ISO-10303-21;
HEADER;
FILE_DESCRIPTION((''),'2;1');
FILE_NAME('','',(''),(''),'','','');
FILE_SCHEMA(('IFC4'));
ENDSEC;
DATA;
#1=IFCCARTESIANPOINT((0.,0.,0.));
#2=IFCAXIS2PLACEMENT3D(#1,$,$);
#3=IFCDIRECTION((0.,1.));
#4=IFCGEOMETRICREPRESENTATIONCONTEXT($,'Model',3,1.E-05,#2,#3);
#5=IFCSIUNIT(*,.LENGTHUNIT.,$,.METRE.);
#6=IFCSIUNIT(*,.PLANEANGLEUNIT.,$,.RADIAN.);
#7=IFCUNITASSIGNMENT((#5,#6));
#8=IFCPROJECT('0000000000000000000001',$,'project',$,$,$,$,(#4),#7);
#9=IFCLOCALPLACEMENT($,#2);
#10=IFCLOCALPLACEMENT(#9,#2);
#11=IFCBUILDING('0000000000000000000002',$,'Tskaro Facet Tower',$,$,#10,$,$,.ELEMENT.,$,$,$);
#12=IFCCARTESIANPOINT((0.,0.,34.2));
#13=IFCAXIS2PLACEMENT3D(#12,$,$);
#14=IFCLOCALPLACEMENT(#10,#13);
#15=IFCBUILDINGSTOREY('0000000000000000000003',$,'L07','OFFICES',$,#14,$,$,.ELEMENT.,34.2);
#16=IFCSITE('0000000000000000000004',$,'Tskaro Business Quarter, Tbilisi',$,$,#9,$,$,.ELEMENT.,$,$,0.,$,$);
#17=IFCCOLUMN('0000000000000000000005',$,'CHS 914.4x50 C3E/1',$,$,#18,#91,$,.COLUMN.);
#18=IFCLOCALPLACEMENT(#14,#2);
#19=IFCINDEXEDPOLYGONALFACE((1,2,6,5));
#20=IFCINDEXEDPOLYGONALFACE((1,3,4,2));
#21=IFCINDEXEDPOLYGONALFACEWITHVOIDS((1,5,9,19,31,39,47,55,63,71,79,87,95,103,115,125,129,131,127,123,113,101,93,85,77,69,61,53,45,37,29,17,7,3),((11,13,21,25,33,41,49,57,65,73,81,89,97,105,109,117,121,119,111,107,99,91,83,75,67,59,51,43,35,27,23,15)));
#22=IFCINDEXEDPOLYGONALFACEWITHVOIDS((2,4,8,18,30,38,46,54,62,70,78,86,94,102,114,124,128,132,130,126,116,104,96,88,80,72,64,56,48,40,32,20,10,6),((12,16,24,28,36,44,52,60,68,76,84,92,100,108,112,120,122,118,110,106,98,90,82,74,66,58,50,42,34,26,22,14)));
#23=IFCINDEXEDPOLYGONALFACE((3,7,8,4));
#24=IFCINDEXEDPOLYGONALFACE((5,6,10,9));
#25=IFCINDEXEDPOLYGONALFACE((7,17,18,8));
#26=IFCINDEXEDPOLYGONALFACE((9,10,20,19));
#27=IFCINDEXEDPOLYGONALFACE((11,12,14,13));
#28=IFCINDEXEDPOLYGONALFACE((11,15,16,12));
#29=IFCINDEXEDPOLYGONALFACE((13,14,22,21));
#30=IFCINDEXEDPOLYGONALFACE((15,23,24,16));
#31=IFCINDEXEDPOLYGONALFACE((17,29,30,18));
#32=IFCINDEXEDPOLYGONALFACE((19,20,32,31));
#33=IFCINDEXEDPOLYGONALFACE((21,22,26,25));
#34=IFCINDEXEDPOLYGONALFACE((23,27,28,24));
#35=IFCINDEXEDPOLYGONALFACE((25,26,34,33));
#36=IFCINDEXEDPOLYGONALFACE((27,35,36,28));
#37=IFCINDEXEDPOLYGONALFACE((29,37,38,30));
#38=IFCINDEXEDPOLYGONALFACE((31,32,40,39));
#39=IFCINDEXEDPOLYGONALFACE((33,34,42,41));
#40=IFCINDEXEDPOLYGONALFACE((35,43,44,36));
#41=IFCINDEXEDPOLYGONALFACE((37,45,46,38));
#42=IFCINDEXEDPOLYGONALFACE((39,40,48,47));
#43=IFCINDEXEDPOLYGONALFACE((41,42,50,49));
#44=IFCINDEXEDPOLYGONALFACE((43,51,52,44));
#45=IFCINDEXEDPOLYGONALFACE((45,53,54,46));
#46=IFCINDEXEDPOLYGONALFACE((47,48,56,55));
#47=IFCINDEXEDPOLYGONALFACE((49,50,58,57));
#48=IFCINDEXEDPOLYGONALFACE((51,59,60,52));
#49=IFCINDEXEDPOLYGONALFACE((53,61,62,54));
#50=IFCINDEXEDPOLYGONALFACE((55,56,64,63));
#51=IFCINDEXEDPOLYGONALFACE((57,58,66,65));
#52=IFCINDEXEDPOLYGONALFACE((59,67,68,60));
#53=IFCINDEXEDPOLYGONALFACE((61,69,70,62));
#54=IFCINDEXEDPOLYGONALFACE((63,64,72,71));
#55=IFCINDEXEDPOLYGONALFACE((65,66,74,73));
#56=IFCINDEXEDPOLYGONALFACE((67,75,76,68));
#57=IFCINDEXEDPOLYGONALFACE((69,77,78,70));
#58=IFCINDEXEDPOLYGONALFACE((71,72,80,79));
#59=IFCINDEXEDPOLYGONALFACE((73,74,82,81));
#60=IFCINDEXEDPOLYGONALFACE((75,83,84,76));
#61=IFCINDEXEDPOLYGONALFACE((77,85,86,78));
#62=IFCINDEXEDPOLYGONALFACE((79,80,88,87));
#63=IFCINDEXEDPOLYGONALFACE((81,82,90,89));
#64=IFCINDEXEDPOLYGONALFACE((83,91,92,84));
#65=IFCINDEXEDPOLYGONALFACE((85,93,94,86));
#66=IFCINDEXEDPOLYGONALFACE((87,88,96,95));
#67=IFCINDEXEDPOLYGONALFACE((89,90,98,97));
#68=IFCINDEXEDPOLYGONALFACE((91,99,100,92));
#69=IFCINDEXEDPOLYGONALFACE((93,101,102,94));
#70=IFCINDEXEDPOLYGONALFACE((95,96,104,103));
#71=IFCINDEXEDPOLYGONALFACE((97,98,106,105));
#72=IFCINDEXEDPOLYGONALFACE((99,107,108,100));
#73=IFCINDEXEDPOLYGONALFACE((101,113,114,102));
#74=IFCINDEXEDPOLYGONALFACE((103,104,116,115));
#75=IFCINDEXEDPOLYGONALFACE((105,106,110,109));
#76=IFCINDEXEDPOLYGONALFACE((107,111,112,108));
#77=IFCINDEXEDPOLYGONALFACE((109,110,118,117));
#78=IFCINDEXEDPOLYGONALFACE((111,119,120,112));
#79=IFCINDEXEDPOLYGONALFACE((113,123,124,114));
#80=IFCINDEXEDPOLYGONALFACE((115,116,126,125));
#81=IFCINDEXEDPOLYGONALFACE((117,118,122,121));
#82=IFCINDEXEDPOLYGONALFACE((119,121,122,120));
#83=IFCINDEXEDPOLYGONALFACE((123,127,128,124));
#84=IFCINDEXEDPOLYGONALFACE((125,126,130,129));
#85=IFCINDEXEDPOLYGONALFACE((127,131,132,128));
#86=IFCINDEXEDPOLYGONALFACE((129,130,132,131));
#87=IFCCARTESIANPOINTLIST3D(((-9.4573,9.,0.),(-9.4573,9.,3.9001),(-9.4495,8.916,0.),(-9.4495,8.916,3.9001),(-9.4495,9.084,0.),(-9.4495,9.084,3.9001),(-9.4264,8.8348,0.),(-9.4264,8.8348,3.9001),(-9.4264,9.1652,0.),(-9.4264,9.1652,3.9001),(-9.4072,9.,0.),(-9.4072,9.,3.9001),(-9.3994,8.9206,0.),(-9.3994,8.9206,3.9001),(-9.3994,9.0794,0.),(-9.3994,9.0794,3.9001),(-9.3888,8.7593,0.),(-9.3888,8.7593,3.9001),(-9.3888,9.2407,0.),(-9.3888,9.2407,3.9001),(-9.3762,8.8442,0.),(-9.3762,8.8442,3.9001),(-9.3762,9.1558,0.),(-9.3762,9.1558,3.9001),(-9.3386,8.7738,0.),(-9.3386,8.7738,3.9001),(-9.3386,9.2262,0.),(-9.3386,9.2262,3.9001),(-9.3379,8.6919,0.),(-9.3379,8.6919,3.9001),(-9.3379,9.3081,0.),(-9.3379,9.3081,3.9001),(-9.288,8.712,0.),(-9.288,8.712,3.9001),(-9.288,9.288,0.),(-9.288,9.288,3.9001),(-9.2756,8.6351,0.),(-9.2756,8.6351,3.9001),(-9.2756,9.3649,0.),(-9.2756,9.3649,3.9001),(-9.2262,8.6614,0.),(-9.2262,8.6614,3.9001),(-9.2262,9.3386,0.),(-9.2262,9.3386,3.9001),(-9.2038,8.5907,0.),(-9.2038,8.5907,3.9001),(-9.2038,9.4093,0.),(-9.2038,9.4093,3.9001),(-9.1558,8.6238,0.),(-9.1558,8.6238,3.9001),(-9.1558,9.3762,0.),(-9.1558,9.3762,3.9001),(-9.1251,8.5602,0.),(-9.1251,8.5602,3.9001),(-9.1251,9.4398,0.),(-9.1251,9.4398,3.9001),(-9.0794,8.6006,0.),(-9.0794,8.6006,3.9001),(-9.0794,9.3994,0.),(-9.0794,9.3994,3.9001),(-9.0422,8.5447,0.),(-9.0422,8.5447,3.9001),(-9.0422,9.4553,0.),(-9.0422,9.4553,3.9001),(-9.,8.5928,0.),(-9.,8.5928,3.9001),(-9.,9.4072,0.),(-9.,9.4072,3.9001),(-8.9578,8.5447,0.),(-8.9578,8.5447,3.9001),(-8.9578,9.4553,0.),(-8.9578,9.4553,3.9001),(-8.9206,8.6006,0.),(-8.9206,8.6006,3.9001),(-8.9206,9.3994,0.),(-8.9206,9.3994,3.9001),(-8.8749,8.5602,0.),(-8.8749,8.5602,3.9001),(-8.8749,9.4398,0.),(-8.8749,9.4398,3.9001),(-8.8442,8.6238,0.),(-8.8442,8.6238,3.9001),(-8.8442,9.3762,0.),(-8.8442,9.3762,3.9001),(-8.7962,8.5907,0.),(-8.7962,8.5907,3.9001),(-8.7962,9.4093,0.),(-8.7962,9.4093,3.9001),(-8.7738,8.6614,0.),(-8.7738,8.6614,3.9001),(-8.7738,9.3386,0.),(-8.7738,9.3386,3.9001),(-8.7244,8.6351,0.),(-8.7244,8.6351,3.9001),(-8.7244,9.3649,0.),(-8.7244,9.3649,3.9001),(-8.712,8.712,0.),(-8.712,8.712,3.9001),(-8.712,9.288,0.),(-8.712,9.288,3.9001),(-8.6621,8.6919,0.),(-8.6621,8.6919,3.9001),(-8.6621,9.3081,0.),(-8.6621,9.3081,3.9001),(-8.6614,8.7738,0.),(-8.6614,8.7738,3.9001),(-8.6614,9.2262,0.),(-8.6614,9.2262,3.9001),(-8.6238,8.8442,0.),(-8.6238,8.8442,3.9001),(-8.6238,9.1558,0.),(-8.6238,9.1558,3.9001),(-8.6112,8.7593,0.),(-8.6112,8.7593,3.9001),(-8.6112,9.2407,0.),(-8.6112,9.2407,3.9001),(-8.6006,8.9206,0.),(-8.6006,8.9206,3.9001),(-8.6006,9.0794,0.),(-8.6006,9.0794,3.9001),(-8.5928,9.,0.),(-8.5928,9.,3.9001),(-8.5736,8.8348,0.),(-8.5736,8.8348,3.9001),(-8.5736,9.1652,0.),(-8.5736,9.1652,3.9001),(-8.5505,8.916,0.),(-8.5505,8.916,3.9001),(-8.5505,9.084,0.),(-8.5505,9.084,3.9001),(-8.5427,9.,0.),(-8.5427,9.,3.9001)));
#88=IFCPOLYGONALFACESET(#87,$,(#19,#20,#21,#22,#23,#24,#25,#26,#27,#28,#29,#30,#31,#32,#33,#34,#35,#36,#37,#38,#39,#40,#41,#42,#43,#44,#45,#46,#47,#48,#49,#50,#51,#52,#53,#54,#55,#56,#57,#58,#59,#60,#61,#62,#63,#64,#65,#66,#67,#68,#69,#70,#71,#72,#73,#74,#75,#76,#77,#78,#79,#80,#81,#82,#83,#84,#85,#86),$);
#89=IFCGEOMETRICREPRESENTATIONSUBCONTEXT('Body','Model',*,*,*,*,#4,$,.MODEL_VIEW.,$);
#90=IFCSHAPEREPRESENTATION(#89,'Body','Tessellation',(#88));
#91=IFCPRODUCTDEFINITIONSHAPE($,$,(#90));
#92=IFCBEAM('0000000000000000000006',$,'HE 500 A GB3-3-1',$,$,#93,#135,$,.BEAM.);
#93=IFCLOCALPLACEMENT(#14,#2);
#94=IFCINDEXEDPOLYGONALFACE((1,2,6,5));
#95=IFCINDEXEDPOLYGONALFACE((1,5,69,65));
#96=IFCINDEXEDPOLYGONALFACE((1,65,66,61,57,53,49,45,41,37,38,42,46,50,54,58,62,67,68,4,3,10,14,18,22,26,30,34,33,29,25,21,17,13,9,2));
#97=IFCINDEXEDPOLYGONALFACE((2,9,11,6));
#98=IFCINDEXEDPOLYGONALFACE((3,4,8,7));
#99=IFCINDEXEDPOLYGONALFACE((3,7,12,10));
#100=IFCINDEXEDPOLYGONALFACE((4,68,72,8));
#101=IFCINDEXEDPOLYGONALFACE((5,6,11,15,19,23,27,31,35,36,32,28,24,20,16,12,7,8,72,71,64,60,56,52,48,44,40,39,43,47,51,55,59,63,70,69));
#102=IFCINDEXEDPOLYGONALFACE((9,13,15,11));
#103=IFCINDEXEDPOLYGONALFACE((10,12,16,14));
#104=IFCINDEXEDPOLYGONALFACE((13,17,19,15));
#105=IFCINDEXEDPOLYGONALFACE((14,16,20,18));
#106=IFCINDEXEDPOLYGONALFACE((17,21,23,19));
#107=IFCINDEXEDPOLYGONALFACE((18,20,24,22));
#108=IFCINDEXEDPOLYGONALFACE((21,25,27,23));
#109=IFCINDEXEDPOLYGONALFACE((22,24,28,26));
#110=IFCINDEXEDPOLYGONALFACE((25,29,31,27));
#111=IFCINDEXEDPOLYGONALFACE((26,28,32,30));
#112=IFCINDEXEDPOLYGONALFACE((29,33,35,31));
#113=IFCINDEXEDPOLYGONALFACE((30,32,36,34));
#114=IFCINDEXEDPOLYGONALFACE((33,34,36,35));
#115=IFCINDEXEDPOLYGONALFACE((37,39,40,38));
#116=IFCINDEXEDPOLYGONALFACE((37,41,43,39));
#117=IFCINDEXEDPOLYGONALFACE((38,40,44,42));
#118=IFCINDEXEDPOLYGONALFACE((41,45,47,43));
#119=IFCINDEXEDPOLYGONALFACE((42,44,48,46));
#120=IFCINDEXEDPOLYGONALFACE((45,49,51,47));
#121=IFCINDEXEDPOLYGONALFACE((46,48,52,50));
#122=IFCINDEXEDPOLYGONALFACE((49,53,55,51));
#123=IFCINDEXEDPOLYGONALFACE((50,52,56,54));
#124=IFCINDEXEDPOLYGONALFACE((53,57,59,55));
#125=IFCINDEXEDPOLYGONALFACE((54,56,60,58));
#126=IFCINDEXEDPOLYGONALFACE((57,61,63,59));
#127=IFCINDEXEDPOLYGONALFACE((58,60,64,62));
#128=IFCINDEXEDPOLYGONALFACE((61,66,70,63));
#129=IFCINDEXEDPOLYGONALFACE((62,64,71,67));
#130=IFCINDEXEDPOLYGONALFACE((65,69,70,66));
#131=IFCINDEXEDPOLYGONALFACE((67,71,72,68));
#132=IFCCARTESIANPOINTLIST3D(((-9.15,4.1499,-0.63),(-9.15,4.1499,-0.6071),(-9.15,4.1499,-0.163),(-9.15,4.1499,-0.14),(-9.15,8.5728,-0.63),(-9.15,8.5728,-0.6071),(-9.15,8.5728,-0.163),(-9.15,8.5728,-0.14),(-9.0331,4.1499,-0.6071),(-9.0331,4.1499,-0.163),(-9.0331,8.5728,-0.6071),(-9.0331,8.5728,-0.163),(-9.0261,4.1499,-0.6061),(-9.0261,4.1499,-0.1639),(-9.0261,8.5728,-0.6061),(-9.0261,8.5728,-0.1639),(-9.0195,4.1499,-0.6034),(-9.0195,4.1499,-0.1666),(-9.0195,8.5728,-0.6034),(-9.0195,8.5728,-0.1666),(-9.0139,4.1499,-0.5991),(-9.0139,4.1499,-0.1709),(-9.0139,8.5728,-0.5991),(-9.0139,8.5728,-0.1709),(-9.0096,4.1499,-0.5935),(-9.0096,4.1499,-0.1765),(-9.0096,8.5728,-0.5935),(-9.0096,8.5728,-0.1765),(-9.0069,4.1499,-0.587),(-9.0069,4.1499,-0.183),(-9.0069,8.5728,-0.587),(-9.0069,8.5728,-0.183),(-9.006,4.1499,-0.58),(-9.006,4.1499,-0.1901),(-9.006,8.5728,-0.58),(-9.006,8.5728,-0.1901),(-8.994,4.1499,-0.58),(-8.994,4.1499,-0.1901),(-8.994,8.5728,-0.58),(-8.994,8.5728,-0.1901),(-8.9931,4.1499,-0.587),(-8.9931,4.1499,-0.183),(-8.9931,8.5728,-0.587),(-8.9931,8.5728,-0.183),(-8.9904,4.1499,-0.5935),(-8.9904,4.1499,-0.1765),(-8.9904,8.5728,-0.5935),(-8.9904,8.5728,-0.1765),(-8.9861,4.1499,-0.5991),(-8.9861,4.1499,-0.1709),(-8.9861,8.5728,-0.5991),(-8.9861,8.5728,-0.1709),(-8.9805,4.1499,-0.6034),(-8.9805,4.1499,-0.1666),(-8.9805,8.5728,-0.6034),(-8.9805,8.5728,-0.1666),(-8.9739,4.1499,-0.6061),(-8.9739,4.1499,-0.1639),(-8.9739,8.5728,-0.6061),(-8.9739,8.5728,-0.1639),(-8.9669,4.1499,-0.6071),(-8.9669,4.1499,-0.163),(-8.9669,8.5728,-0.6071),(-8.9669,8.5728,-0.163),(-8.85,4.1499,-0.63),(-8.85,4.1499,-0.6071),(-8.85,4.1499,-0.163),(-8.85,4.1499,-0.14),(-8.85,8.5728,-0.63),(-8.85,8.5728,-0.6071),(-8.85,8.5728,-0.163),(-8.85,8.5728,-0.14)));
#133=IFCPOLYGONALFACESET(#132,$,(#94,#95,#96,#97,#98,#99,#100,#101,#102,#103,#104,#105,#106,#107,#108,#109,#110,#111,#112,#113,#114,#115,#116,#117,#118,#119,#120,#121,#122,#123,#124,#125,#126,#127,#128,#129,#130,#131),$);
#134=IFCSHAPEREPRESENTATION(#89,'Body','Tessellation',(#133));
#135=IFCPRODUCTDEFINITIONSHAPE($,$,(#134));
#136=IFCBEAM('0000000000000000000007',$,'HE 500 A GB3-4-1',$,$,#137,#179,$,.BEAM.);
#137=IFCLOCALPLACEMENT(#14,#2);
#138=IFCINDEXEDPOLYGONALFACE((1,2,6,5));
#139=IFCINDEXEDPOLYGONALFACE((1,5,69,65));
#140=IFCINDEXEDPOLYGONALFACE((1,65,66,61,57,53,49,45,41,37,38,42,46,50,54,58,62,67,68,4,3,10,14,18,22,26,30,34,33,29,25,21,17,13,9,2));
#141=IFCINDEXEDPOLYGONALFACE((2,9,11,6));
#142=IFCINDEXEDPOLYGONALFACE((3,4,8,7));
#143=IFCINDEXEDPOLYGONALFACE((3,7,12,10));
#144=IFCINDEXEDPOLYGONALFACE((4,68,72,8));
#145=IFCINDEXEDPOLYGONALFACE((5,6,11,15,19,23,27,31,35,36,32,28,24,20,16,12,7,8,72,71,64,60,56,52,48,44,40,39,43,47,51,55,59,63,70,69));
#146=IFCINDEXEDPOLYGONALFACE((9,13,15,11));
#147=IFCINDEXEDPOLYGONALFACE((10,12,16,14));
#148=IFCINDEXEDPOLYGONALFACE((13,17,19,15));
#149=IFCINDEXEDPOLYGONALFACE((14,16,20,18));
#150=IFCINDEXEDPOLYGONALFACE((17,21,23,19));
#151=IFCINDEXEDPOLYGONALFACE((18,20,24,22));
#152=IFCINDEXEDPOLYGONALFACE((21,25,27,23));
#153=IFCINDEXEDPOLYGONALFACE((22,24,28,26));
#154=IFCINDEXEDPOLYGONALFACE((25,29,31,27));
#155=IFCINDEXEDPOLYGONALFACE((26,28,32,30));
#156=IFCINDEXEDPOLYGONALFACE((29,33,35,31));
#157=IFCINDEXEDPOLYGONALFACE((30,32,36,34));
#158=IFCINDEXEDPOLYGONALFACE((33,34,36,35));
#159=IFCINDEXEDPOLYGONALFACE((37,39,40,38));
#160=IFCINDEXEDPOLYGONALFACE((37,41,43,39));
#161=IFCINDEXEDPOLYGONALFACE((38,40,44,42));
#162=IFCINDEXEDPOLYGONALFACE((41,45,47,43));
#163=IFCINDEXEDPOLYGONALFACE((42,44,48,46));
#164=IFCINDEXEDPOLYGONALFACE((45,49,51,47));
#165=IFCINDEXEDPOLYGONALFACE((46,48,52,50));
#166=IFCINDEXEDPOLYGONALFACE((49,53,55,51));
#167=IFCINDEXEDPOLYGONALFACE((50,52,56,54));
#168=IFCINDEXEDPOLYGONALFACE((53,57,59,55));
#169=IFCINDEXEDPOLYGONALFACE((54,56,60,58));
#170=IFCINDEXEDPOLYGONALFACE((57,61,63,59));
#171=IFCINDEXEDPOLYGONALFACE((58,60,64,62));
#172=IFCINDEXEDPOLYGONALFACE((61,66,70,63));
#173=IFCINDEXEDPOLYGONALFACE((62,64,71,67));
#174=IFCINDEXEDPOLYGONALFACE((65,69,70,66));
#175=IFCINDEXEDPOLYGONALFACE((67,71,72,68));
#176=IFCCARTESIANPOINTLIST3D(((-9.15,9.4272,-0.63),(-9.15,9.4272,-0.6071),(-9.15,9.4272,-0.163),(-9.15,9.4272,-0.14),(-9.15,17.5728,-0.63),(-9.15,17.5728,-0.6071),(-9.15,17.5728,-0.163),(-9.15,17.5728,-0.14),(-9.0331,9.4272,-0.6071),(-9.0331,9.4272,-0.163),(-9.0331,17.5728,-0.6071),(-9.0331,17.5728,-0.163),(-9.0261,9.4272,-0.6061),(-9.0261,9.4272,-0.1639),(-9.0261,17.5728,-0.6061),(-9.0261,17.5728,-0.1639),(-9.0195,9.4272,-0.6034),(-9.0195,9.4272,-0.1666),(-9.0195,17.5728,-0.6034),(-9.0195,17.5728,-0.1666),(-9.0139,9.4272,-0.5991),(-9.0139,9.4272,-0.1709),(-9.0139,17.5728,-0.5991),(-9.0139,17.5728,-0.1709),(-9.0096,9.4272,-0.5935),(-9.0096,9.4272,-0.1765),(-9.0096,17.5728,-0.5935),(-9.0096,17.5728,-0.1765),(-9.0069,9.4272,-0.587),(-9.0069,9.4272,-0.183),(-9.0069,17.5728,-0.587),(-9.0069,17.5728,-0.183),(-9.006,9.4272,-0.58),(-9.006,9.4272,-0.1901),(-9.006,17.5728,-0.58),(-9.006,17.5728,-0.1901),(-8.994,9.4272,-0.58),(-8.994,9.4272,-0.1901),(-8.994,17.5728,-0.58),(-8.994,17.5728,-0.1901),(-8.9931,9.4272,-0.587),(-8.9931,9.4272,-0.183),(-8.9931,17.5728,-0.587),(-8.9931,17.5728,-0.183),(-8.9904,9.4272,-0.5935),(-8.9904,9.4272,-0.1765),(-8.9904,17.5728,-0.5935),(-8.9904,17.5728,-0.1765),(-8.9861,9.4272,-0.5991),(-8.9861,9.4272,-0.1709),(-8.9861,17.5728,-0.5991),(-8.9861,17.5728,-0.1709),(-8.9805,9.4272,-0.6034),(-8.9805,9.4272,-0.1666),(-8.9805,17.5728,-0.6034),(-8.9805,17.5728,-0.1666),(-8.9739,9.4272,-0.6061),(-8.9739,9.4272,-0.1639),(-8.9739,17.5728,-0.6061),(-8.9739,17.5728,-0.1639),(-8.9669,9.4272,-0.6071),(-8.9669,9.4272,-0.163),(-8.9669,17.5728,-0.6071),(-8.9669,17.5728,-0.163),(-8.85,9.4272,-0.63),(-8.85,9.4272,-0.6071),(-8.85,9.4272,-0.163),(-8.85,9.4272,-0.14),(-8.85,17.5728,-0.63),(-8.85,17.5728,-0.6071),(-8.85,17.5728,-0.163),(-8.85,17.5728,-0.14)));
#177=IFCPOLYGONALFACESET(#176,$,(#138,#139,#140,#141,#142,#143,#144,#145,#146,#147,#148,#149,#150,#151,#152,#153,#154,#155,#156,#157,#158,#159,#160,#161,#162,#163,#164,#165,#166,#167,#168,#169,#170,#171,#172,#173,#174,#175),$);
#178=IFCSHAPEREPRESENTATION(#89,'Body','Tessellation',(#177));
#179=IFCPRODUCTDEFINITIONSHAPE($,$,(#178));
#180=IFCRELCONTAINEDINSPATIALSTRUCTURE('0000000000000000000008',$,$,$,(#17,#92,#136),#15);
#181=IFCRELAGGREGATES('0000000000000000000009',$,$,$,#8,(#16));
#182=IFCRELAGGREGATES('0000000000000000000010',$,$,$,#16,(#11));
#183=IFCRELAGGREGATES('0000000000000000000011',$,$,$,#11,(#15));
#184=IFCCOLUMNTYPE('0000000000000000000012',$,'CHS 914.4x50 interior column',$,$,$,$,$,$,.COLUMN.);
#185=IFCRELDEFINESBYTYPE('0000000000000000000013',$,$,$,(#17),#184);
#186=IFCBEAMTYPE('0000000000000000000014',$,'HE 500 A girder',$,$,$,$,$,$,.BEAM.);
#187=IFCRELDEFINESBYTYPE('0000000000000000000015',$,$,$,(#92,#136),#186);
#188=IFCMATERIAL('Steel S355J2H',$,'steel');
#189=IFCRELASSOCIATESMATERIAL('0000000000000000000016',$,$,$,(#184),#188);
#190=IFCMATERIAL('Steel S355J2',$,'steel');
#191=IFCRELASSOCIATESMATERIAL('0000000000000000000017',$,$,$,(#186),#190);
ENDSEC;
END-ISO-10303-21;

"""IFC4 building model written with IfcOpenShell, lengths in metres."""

from ifc_helpers import new_model, si_unit, direction, frame, origin, origin_2d, place, context, subcontext, project, spatial, hollow_circle, i_section, extrude, material, material_profile, profile_set, type_object, element, save


model = new_model("IFC4")

# Units and contexts
model_context = context("Model", 3, precision=1e-05, world=origin(), true_north=direction((0.0, 1.0)))
body_context = subcontext(model_context, "Body", "Model", "MODEL_VIEW")
ifc_project = project(units=[si_unit("LENGTHUNIT", "METRE"), si_unit("PLANEANGLEUNIT", "RADIAN")], contexts=[model_context])

# Site, building, storey
site_placement = place(None, origin())
site = spatial("IfcSite", under=ifc_project, at=site_placement, Name="Tskaro Business Quarter, Tbilisi", CompositionType="ELEMENT", RefElevation=0.0)
building_placement = place(site_placement, origin())
building = spatial("IfcBuilding", under=site, at=building_placement, Name="Tskaro Facet Tower", CompositionType="ELEMENT")
storey_placement = place(building_placement, frame((0.0, 0.0, 34.2)))
storey = spatial("IfcBuildingStorey", under=building, at=storey_placement, Name="L07", Description="OFFICES", CompositionType="ELEMENT", Elevation=34.2)

# Column
ifc_material_1 = material(Name="Steel S355J2H", Category="steel")
ifc_material_profile_1 = material_profile(ifc_material_1, hollow_circle(Radius=0.4573, WallThickness=0.05, at=origin_2d()), Name="CHS 914.4x50")
ifc_profile_set_1 = profile_set([ifc_material_profile_1], Name="Steel S355J2H")
column_type = type_object("IfcColumnType", Name="CHS 914.4x50 interior column", PredefinedType="COLUMN", material=ifc_profile_set_1)
column_placement = place(storey_placement, frame((-9.0, 9.0, 0.0), z_axis=(0.0, 0.0, 1.0), x_axis=(1.0, 0.0, 0.0)))
element("IfcColumn", 1, at=column_placement, inside=storey, type_object=column_type, Name="CHS 914.4x50 C3E/1", PredefinedType="COLUMN", context=body_context, shape_type="SweptSolid", body=[
    extrude(hollow_circle(Radius=0.4573, WallThickness=0.05, at=origin_2d()), origin(), (0.0, 0.0, 1.0), 3.9001),
])

# Beams
ifc_material_2 = material(Name="Steel S355J2", Category="steel")
ifc_material_profile_2 = material_profile(ifc_material_2, i_section(OverallWidth=0.3, OverallDepth=0.49, WebThickness=0.012, FlangeThickness=0.0229, FilletRadius=0.0271, at=origin_2d()), Name="HE 500 A")
ifc_profile_set_2 = profile_set([ifc_material_profile_2], Name="Steel S355J2")
beam_type_1 = type_object("IfcBeamType", Name="HE 500 A girder", PredefinedType="BEAM", material=ifc_profile_set_2)
beam_1_placement = place(storey_placement, frame((-9.0, 4.1499, -0.385), z_axis=(0.0, 1.0, 0.0), x_axis=(-1.0, 0.0, 0.0)))
element("IfcBeam", 2, at=beam_1_placement, inside=storey, type_object=beam_type_1, Name="HE 500 A GB3-3-1", PredefinedType="BEAM", context=body_context, shape_type="SweptSolid", body=[
    extrude(i_section(OverallWidth=0.3, OverallDepth=0.49, WebThickness=0.012, FlangeThickness=0.0229, FilletRadius=0.0271, at=origin_2d()), origin(), (0.0, 0.0, 1.0), 4.4229),
])
beam_2_placement = place(storey_placement, frame((-9.0, 9.4272, -0.385), z_axis=(0.0, 1.0, 0.0), x_axis=(-1.0, 0.0, 0.0)))
element("IfcBeam", 3, at=beam_2_placement, inside=storey, type_object=beam_type_1, Name="HE 500 A GB3-4-1", PredefinedType="BEAM", context=body_context, shape_type="SweptSolid", body=[
    extrude(i_section(OverallWidth=0.3, OverallDepth=0.49, WebThickness=0.012, FlangeThickness=0.0229, FilletRadius=0.0271, at=origin_2d()), origin(), (0.0, 0.0, 1.0), 8.1455),
])

save(model, "model.ifc")
